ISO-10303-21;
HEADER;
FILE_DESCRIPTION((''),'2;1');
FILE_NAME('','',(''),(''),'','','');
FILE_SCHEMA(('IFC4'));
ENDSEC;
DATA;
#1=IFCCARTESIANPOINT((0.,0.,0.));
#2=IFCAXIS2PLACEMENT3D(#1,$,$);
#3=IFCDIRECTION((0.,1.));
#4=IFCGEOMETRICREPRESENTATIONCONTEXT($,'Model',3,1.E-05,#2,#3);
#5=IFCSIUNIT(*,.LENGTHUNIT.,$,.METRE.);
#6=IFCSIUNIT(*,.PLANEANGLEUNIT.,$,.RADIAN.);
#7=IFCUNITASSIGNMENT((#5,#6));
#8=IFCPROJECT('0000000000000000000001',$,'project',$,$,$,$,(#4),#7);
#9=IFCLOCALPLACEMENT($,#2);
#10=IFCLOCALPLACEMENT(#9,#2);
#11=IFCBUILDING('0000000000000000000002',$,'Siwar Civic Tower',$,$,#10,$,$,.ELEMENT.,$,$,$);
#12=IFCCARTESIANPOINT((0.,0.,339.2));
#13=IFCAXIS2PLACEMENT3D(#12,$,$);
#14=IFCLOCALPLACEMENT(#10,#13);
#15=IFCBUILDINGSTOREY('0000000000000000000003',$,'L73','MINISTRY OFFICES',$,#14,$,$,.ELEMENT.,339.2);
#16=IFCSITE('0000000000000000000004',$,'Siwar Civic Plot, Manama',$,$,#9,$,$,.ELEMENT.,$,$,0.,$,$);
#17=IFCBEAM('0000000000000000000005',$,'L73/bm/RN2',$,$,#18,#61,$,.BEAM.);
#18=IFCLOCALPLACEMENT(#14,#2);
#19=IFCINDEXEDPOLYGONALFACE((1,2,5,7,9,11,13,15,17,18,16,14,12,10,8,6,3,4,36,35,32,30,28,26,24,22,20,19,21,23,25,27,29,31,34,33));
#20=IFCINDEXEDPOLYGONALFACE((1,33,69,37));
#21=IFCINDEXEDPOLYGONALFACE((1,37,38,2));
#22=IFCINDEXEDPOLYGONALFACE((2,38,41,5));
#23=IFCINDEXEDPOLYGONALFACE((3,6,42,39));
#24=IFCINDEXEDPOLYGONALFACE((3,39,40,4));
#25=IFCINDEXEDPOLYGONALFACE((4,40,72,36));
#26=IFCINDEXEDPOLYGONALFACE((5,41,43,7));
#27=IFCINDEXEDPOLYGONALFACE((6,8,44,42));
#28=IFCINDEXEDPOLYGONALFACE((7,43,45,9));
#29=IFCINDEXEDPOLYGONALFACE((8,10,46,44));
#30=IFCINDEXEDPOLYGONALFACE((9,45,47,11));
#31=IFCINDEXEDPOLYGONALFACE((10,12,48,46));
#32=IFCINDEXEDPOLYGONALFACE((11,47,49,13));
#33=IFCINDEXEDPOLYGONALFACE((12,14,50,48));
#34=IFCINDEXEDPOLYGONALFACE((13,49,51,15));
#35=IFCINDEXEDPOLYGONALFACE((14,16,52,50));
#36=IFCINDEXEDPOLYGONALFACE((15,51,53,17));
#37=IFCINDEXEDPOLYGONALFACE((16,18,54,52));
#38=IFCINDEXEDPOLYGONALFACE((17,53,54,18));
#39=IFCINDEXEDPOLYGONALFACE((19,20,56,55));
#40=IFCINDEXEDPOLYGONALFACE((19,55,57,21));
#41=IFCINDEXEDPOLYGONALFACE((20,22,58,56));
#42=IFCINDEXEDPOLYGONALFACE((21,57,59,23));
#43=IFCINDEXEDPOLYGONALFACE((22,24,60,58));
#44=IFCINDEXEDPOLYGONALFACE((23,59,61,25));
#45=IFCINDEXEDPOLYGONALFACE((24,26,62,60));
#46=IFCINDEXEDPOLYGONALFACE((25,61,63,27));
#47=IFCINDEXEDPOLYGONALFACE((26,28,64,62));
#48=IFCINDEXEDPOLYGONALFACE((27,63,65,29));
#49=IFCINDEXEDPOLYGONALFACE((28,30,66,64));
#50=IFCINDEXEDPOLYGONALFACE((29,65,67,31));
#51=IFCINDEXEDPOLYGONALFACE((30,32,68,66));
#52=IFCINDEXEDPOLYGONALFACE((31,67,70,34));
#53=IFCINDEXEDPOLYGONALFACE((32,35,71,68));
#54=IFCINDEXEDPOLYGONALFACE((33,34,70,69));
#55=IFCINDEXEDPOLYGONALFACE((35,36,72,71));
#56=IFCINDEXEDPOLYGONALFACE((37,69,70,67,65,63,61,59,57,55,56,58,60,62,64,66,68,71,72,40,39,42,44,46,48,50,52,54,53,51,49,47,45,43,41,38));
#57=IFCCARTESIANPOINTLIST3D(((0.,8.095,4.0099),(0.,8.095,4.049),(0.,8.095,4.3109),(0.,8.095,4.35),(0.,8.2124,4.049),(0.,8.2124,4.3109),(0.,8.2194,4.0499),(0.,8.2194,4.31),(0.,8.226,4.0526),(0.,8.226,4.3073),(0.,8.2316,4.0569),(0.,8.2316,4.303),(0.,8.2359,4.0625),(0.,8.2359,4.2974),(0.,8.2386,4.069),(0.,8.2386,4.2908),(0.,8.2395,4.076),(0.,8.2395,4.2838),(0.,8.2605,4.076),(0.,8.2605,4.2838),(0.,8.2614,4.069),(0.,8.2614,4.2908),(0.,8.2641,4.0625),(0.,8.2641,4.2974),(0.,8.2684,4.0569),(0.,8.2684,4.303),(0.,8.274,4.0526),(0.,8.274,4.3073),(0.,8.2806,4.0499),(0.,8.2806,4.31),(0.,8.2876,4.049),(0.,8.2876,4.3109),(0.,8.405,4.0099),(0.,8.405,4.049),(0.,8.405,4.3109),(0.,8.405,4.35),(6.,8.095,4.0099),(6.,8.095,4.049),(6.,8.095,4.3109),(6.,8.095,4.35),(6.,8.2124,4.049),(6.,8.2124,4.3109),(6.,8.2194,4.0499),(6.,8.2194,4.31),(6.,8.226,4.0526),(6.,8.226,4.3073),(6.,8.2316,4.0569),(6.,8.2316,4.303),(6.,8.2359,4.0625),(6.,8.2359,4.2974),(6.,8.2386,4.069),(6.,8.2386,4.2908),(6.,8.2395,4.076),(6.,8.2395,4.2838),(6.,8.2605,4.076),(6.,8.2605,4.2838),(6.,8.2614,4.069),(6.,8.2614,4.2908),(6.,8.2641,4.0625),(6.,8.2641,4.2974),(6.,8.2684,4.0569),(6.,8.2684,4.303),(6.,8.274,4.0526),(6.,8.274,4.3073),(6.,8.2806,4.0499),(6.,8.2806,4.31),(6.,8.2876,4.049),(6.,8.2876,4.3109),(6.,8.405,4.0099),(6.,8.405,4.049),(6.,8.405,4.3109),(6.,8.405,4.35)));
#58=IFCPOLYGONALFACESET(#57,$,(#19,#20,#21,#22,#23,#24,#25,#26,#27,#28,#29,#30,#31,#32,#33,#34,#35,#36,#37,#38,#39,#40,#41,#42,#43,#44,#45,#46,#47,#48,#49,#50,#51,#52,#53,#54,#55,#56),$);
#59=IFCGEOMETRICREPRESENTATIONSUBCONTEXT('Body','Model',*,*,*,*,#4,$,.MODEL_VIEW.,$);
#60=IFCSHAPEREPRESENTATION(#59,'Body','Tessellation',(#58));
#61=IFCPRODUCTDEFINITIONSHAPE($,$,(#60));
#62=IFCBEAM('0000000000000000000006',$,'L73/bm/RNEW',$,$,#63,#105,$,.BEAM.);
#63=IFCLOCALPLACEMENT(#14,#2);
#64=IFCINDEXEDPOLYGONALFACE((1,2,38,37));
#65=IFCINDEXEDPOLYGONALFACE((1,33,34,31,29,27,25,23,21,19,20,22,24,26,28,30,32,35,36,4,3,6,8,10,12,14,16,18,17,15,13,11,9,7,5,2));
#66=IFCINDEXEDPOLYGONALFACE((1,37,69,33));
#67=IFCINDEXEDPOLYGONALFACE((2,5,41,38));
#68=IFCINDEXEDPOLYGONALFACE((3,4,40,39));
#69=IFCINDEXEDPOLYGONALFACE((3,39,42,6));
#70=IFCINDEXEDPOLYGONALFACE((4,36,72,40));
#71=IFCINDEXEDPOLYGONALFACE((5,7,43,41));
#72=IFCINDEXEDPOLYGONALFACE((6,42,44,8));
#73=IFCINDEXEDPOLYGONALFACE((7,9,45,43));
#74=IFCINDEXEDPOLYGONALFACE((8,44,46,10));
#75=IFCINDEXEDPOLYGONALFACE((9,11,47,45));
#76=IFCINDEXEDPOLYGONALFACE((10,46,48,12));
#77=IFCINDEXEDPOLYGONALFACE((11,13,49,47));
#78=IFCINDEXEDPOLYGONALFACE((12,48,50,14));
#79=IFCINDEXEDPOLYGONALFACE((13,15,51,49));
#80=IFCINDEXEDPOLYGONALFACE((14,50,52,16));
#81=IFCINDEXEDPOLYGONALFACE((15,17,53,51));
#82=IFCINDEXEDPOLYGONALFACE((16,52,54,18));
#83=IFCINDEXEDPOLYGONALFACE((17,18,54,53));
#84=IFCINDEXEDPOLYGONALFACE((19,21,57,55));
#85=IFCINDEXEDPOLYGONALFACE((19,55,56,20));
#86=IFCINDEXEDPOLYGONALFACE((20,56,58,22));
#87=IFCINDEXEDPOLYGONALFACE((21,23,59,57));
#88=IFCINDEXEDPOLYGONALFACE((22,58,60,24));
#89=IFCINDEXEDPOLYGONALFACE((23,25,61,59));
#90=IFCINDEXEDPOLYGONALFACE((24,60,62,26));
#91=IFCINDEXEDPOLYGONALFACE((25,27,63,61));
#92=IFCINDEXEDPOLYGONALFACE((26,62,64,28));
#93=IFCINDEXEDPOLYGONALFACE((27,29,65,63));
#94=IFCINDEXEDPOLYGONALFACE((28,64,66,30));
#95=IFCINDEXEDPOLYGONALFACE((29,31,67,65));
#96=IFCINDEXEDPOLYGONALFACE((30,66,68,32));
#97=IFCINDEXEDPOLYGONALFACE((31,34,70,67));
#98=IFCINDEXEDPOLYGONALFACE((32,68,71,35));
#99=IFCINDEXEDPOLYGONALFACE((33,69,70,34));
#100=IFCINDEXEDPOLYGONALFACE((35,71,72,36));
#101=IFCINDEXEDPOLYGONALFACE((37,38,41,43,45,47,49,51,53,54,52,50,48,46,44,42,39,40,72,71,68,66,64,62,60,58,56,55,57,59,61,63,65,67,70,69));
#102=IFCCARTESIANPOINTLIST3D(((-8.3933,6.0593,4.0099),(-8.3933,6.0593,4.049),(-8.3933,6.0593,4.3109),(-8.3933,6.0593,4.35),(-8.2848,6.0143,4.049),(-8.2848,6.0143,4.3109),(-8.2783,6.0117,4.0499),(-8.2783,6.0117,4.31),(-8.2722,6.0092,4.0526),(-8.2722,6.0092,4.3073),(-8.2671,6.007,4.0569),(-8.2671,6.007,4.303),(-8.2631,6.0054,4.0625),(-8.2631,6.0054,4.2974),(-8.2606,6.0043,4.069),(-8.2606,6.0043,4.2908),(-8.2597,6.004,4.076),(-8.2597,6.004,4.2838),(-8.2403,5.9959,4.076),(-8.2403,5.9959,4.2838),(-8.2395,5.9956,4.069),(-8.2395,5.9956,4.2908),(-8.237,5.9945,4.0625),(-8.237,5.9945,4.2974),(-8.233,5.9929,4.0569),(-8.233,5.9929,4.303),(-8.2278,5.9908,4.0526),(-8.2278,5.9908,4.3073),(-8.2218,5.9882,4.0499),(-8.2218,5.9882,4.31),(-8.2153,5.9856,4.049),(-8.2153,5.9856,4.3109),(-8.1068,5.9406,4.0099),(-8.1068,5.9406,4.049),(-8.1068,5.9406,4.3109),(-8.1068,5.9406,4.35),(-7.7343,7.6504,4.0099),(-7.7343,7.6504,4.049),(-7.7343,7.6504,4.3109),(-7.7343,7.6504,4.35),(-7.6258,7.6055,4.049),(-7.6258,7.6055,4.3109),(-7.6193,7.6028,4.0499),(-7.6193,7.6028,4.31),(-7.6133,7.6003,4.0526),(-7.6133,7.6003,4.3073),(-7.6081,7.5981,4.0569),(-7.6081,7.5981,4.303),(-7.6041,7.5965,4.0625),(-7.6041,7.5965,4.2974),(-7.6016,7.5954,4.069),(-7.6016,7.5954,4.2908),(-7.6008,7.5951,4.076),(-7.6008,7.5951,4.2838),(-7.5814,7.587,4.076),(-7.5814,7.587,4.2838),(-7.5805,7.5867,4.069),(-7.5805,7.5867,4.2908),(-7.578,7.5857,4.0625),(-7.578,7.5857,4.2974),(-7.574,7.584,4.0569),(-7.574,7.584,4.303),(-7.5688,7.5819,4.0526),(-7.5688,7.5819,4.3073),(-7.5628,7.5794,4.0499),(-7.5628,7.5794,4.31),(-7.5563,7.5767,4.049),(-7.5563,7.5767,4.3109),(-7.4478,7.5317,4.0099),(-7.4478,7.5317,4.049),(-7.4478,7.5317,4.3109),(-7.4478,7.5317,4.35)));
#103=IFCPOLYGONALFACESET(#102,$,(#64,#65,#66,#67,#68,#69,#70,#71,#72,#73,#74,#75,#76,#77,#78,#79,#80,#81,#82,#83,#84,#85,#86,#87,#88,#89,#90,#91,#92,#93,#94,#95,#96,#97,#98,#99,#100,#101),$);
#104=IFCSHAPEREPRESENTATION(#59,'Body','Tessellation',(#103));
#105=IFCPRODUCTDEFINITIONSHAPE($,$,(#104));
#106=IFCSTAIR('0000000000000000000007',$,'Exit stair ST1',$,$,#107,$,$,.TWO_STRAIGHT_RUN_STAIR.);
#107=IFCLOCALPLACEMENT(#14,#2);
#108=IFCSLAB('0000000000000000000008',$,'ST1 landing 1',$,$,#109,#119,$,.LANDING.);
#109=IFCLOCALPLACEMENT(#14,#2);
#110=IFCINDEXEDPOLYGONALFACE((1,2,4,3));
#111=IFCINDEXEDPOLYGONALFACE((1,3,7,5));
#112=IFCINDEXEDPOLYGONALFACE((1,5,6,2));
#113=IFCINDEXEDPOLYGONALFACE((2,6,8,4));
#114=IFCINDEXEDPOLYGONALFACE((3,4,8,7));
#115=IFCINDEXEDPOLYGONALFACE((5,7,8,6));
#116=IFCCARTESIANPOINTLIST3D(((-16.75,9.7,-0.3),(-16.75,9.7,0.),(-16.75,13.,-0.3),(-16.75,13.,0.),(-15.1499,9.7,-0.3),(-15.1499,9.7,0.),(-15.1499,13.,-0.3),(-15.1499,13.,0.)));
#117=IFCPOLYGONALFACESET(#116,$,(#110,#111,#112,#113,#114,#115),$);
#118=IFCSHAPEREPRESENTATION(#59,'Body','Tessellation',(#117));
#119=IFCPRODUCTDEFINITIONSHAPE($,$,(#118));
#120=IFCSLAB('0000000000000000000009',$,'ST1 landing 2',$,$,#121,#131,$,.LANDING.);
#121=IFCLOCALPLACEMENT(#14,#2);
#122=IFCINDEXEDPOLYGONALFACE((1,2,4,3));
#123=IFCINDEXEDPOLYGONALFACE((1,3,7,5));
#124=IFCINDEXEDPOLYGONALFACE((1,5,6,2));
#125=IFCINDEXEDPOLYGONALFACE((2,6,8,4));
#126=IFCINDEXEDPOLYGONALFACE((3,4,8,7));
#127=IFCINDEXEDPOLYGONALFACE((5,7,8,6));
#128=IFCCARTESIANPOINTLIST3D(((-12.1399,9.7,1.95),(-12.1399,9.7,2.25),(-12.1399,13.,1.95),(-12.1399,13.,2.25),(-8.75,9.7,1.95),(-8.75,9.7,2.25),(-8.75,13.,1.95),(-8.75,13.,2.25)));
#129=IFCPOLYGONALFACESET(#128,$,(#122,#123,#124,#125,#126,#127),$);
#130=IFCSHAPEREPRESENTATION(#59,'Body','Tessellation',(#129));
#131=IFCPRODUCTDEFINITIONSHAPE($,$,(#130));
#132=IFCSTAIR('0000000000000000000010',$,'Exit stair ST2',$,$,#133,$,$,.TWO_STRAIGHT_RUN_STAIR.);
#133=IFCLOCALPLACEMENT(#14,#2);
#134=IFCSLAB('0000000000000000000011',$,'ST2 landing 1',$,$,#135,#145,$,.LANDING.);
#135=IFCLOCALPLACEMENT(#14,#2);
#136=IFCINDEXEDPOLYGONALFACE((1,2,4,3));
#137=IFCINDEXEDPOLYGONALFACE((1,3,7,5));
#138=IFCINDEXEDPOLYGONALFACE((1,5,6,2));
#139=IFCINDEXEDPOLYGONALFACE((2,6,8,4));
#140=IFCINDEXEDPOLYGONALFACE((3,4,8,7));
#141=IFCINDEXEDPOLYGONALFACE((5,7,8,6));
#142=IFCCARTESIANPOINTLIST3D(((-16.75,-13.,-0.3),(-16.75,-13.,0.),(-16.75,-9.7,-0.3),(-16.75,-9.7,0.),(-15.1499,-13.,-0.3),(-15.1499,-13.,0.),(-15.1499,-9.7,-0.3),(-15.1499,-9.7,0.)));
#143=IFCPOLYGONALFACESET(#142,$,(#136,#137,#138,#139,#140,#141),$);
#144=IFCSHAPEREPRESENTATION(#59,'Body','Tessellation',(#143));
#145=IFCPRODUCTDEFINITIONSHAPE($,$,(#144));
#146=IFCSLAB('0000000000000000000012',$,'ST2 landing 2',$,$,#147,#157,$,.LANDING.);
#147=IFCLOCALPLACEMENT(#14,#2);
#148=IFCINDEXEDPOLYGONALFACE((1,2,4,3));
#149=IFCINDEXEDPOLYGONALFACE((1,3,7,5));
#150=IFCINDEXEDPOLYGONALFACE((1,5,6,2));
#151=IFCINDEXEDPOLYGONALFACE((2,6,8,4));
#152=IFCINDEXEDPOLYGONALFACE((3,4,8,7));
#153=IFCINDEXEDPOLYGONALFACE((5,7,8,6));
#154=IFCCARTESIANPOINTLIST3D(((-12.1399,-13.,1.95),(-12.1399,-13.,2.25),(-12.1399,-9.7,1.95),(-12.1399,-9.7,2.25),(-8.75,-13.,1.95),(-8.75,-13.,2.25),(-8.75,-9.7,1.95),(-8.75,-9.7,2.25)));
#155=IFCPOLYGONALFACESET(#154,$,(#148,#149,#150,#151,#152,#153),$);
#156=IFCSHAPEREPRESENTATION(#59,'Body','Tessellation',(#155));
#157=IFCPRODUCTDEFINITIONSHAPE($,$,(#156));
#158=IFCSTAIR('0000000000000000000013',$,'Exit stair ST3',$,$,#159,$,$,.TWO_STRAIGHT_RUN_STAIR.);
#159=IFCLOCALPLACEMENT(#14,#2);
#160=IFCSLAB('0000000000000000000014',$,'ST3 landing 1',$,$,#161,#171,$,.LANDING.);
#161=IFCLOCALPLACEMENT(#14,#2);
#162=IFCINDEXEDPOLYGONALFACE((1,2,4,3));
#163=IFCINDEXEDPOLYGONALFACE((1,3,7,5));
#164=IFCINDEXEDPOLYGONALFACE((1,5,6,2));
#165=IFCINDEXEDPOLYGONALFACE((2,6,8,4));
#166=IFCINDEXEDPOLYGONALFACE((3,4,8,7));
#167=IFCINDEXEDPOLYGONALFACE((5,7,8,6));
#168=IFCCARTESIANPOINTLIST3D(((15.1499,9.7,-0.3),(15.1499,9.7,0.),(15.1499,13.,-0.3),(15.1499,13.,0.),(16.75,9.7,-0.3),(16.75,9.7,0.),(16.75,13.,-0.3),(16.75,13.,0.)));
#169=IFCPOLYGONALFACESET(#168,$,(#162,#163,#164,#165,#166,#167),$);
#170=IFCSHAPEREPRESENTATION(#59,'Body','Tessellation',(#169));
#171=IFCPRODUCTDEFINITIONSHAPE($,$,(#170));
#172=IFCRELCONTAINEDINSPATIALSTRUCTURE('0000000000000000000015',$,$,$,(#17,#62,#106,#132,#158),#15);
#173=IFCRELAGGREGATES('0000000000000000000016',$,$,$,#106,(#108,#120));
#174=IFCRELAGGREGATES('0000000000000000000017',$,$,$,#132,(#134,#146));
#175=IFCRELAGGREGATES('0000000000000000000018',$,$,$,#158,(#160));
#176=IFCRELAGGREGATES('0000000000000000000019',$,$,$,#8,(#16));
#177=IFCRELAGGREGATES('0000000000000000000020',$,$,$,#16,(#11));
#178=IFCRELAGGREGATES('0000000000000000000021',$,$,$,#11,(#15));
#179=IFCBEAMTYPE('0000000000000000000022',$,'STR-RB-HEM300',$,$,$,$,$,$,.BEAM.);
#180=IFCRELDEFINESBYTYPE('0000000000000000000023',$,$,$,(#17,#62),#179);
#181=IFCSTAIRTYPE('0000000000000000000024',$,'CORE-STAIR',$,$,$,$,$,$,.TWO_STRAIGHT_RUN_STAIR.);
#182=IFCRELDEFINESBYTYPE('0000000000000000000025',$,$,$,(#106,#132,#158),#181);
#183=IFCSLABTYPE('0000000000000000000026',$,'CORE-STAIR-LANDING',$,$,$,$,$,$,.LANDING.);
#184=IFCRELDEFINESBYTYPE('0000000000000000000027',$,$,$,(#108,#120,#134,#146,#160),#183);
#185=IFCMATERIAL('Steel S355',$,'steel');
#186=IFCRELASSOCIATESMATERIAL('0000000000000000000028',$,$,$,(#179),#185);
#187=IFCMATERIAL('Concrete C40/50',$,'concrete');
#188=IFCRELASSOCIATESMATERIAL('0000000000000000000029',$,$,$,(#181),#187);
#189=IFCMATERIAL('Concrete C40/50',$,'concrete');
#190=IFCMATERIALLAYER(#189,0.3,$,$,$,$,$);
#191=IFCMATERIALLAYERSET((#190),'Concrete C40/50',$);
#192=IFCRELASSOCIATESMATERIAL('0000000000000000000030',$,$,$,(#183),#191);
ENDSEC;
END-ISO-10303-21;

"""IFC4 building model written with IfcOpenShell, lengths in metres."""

from ifc_helpers import new_model, si_unit, direction, frame, origin, origin_2d, place, context, subcontext, project, spatial, polyline, i_section, outline, extrude, material, layer, layer_set, material_profile, profile_set, type_object, element, aggregate, save


model = new_model("IFC4")

# Units and contexts
model_context = context("Model", 3, precision=1e-05, world=origin(), true_north=direction((0.0, 1.0)))
body_context = subcontext(model_context, "Body", "Model", "MODEL_VIEW")
ifc_project = project(units=[si_unit("LENGTHUNIT", "METRE"), si_unit("PLANEANGLEUNIT", "RADIAN")], contexts=[model_context])

# Site, building, storey
site_placement = place(None, origin())
site = spatial("IfcSite", under=ifc_project, at=site_placement, Name="Siwar Civic Plot, Manama", CompositionType="ELEMENT", RefElevation=0.0)
building_placement = place(site_placement, origin())
building = spatial("IfcBuilding", under=site, at=building_placement, Name="Siwar Civic Tower", CompositionType="ELEMENT")
storey_placement = place(building_placement, frame((0.0, 0.0, 339.2)))
storey = spatial("IfcBuildingStorey", under=building, at=storey_placement, Name="L73", Description="MINISTRY OFFICES", CompositionType="ELEMENT", Elevation=339.2)

# Beams
ifc_material_1 = material(Name="Steel S355", Category="steel")
ifc_material_profile_1 = material_profile(ifc_material_1, i_section(OverallWidth=0.3101, OverallDepth=0.3401, WebThickness=0.021, FlangeThickness=0.0391, FilletRadius=0.0271, at=origin_2d()), Name="HEM300")
ifc_profile_set_1 = profile_set([ifc_material_profile_1], Name="Steel S355")
beam_type_1 = type_object("IfcBeamType", Name="STR-RB-HEM300", PredefinedType="BEAM", material=ifc_profile_set_1)
for number, where, z_axis, x_axis, name in (
    (1, (0.0, 8.25, 4.1799), (1.0, 0.0, 0.0), (0.0, 1.0, 0.0), "L73/bm/RN2"),
):
    element("IfcBeam", number, at=place(storey_placement, frame(where, z_axis=z_axis, x_axis=x_axis)), inside=storey, type_object=beam_type_1, Name=name, PredefinedType="BEAM", context=body_context, shape_type="SweptSolid", body=[
        extrude(i_section(OverallWidth=0.3101, OverallDepth=0.3401, WebThickness=0.021, FlangeThickness=0.0391, FilletRadius=0.0271, at=origin_2d()), origin(), (0.0, 0.0, 1.0), 6.0),
    ])
beam_1_placement = place(storey_placement, frame((-7.5911, 7.5911, 4.1799), z_axis=(-0.382631, -0.923901, 0.0), x_axis=(0.923901, -0.382631, 0.0)))
element("IfcBeam", 2, at=beam_1_placement, inside=storey, type_object=beam_type_1, Name="L73/bm/RNEW", PredefinedType="BEAM", context=body_context, shape_type="SweptSolid", body=[
    extrude(i_section(OverallWidth=0.3101, OverallDepth=0.3401, WebThickness=0.021, FlangeThickness=0.0391, FilletRadius=0.0271, at=origin_2d()), origin(), (0.0, 0.0, 1.0), 1.7222),
])

# Stairs, slabs
ifc_material_2 = material(Name="Concrete C40/50", Category="concrete")
stair_type = type_object("IfcStairType", Name="CORE-STAIR", PredefinedType="TWO_STRAIGHT_RUN_STAIR", material=ifc_material_2)
stair_1_placement = place(storey_placement, origin())
stair_1 = element("IfcStair", 3, at=stair_1_placement, inside=storey, type_object=stair_type, Name="Exit stair ST1", PredefinedType="TWO_STRAIGHT_RUN_STAIR")
ifc_material_3 = material(Name="Concrete C40/50", Category="concrete")
ifc_layer_1 = layer(ifc_material_3, 0.3)
ifc_layer_set_1 = layer_set([ifc_layer_1], Name="Concrete C40/50")
slab_type_1 = type_object("IfcSlabType", Name="CORE-STAIR-LANDING", PredefinedType="LANDING", material=ifc_layer_set_1)
slab_1_placement = place(storey_placement, frame((0.0, 0.0, -0.3)))
slab_1 = element("IfcSlab", 4, at=slab_1_placement, type_object=slab_type_1, Name="ST1 landing 1", PredefinedType="LANDING", context=body_context, shape_type="SweptSolid", body=[
    extrude(outline(polyline([(-15.1499, 13.0), (-16.75, 13.0), (-16.75, 9.7), (-15.1499, 9.7), (-15.1499, 13.0)])), origin(), (0.0, 0.0, 1.0), 0.3),
])
slab_2_placement = place(storey_placement, frame((0.0, 0.0, 1.95)))
slab_2 = element("IfcSlab", 5, at=slab_2_placement, type_object=slab_type_1, Name="ST1 landing 2", PredefinedType="LANDING", context=body_context, shape_type="SweptSolid", body=[
    extrude(outline(polyline([(-8.75, 13.0), (-12.1399, 13.0), (-12.1399, 9.7), (-8.75, 9.7), (-8.75, 13.0)])), origin(), (0.0, 0.0, 1.0), 0.3),
])
aggregate(stair_1, [slab_1, slab_2])
stair_2_placement = place(storey_placement, origin())
stair_2 = element("IfcStair", 6, at=stair_2_placement, inside=storey, type_object=stair_type, Name="Exit stair ST2", PredefinedType="TWO_STRAIGHT_RUN_STAIR")
slab_3_placement = place(storey_placement, frame((0.0, 0.0, -0.3)))
slab_3 = element("IfcSlab", 7, at=slab_3_placement, type_object=slab_type_1, Name="ST2 landing 1", PredefinedType="LANDING", context=body_context, shape_type="SweptSolid", body=[
    extrude(outline(polyline([(-15.1499, -9.7), (-16.75, -9.7), (-16.75, -13.0), (-15.1499, -13.0), (-15.1499, -9.7)])), origin(), (0.0, 0.0, 1.0), 0.3),
])
slab_4_placement = place(storey_placement, frame((0.0, 0.0, 1.95)))
slab_4 = element("IfcSlab", 8, at=slab_4_placement, type_object=slab_type_1, Name="ST2 landing 2", PredefinedType="LANDING", context=body_context, shape_type="SweptSolid", body=[
    extrude(outline(polyline([(-8.75, -9.7), (-12.1399, -9.7), (-12.1399, -13.0), (-8.75, -13.0), (-8.75, -9.7)])), origin(), (0.0, 0.0, 1.0), 0.3),
])
aggregate(stair_2, [slab_3, slab_4])

# Stair, slab
stair_3_placement = place(storey_placement, origin())
stair_3 = element("IfcStair", 9, at=stair_3_placement, inside=storey, type_object=stair_type, Name="Exit stair ST3", PredefinedType="TWO_STRAIGHT_RUN_STAIR")
slab_5_placement = place(storey_placement, frame((0.0, 0.0, -0.3)))
slab_5 = element("IfcSlab", 10, at=slab_5_placement, type_object=slab_type_1, Name="ST3 landing 1", PredefinedType="LANDING", context=body_context, shape_type="SweptSolid", body=[
    extrude(outline(polyline([(15.1499, 9.7), (16.75, 9.7), (16.75, 13.0), (15.1499, 13.0), (15.1499, 9.7)])), origin(), (0.0, 0.0, 1.0), 0.3),
])
aggregate(stair_3, [slab_5])

save(model, "model.ifc")
